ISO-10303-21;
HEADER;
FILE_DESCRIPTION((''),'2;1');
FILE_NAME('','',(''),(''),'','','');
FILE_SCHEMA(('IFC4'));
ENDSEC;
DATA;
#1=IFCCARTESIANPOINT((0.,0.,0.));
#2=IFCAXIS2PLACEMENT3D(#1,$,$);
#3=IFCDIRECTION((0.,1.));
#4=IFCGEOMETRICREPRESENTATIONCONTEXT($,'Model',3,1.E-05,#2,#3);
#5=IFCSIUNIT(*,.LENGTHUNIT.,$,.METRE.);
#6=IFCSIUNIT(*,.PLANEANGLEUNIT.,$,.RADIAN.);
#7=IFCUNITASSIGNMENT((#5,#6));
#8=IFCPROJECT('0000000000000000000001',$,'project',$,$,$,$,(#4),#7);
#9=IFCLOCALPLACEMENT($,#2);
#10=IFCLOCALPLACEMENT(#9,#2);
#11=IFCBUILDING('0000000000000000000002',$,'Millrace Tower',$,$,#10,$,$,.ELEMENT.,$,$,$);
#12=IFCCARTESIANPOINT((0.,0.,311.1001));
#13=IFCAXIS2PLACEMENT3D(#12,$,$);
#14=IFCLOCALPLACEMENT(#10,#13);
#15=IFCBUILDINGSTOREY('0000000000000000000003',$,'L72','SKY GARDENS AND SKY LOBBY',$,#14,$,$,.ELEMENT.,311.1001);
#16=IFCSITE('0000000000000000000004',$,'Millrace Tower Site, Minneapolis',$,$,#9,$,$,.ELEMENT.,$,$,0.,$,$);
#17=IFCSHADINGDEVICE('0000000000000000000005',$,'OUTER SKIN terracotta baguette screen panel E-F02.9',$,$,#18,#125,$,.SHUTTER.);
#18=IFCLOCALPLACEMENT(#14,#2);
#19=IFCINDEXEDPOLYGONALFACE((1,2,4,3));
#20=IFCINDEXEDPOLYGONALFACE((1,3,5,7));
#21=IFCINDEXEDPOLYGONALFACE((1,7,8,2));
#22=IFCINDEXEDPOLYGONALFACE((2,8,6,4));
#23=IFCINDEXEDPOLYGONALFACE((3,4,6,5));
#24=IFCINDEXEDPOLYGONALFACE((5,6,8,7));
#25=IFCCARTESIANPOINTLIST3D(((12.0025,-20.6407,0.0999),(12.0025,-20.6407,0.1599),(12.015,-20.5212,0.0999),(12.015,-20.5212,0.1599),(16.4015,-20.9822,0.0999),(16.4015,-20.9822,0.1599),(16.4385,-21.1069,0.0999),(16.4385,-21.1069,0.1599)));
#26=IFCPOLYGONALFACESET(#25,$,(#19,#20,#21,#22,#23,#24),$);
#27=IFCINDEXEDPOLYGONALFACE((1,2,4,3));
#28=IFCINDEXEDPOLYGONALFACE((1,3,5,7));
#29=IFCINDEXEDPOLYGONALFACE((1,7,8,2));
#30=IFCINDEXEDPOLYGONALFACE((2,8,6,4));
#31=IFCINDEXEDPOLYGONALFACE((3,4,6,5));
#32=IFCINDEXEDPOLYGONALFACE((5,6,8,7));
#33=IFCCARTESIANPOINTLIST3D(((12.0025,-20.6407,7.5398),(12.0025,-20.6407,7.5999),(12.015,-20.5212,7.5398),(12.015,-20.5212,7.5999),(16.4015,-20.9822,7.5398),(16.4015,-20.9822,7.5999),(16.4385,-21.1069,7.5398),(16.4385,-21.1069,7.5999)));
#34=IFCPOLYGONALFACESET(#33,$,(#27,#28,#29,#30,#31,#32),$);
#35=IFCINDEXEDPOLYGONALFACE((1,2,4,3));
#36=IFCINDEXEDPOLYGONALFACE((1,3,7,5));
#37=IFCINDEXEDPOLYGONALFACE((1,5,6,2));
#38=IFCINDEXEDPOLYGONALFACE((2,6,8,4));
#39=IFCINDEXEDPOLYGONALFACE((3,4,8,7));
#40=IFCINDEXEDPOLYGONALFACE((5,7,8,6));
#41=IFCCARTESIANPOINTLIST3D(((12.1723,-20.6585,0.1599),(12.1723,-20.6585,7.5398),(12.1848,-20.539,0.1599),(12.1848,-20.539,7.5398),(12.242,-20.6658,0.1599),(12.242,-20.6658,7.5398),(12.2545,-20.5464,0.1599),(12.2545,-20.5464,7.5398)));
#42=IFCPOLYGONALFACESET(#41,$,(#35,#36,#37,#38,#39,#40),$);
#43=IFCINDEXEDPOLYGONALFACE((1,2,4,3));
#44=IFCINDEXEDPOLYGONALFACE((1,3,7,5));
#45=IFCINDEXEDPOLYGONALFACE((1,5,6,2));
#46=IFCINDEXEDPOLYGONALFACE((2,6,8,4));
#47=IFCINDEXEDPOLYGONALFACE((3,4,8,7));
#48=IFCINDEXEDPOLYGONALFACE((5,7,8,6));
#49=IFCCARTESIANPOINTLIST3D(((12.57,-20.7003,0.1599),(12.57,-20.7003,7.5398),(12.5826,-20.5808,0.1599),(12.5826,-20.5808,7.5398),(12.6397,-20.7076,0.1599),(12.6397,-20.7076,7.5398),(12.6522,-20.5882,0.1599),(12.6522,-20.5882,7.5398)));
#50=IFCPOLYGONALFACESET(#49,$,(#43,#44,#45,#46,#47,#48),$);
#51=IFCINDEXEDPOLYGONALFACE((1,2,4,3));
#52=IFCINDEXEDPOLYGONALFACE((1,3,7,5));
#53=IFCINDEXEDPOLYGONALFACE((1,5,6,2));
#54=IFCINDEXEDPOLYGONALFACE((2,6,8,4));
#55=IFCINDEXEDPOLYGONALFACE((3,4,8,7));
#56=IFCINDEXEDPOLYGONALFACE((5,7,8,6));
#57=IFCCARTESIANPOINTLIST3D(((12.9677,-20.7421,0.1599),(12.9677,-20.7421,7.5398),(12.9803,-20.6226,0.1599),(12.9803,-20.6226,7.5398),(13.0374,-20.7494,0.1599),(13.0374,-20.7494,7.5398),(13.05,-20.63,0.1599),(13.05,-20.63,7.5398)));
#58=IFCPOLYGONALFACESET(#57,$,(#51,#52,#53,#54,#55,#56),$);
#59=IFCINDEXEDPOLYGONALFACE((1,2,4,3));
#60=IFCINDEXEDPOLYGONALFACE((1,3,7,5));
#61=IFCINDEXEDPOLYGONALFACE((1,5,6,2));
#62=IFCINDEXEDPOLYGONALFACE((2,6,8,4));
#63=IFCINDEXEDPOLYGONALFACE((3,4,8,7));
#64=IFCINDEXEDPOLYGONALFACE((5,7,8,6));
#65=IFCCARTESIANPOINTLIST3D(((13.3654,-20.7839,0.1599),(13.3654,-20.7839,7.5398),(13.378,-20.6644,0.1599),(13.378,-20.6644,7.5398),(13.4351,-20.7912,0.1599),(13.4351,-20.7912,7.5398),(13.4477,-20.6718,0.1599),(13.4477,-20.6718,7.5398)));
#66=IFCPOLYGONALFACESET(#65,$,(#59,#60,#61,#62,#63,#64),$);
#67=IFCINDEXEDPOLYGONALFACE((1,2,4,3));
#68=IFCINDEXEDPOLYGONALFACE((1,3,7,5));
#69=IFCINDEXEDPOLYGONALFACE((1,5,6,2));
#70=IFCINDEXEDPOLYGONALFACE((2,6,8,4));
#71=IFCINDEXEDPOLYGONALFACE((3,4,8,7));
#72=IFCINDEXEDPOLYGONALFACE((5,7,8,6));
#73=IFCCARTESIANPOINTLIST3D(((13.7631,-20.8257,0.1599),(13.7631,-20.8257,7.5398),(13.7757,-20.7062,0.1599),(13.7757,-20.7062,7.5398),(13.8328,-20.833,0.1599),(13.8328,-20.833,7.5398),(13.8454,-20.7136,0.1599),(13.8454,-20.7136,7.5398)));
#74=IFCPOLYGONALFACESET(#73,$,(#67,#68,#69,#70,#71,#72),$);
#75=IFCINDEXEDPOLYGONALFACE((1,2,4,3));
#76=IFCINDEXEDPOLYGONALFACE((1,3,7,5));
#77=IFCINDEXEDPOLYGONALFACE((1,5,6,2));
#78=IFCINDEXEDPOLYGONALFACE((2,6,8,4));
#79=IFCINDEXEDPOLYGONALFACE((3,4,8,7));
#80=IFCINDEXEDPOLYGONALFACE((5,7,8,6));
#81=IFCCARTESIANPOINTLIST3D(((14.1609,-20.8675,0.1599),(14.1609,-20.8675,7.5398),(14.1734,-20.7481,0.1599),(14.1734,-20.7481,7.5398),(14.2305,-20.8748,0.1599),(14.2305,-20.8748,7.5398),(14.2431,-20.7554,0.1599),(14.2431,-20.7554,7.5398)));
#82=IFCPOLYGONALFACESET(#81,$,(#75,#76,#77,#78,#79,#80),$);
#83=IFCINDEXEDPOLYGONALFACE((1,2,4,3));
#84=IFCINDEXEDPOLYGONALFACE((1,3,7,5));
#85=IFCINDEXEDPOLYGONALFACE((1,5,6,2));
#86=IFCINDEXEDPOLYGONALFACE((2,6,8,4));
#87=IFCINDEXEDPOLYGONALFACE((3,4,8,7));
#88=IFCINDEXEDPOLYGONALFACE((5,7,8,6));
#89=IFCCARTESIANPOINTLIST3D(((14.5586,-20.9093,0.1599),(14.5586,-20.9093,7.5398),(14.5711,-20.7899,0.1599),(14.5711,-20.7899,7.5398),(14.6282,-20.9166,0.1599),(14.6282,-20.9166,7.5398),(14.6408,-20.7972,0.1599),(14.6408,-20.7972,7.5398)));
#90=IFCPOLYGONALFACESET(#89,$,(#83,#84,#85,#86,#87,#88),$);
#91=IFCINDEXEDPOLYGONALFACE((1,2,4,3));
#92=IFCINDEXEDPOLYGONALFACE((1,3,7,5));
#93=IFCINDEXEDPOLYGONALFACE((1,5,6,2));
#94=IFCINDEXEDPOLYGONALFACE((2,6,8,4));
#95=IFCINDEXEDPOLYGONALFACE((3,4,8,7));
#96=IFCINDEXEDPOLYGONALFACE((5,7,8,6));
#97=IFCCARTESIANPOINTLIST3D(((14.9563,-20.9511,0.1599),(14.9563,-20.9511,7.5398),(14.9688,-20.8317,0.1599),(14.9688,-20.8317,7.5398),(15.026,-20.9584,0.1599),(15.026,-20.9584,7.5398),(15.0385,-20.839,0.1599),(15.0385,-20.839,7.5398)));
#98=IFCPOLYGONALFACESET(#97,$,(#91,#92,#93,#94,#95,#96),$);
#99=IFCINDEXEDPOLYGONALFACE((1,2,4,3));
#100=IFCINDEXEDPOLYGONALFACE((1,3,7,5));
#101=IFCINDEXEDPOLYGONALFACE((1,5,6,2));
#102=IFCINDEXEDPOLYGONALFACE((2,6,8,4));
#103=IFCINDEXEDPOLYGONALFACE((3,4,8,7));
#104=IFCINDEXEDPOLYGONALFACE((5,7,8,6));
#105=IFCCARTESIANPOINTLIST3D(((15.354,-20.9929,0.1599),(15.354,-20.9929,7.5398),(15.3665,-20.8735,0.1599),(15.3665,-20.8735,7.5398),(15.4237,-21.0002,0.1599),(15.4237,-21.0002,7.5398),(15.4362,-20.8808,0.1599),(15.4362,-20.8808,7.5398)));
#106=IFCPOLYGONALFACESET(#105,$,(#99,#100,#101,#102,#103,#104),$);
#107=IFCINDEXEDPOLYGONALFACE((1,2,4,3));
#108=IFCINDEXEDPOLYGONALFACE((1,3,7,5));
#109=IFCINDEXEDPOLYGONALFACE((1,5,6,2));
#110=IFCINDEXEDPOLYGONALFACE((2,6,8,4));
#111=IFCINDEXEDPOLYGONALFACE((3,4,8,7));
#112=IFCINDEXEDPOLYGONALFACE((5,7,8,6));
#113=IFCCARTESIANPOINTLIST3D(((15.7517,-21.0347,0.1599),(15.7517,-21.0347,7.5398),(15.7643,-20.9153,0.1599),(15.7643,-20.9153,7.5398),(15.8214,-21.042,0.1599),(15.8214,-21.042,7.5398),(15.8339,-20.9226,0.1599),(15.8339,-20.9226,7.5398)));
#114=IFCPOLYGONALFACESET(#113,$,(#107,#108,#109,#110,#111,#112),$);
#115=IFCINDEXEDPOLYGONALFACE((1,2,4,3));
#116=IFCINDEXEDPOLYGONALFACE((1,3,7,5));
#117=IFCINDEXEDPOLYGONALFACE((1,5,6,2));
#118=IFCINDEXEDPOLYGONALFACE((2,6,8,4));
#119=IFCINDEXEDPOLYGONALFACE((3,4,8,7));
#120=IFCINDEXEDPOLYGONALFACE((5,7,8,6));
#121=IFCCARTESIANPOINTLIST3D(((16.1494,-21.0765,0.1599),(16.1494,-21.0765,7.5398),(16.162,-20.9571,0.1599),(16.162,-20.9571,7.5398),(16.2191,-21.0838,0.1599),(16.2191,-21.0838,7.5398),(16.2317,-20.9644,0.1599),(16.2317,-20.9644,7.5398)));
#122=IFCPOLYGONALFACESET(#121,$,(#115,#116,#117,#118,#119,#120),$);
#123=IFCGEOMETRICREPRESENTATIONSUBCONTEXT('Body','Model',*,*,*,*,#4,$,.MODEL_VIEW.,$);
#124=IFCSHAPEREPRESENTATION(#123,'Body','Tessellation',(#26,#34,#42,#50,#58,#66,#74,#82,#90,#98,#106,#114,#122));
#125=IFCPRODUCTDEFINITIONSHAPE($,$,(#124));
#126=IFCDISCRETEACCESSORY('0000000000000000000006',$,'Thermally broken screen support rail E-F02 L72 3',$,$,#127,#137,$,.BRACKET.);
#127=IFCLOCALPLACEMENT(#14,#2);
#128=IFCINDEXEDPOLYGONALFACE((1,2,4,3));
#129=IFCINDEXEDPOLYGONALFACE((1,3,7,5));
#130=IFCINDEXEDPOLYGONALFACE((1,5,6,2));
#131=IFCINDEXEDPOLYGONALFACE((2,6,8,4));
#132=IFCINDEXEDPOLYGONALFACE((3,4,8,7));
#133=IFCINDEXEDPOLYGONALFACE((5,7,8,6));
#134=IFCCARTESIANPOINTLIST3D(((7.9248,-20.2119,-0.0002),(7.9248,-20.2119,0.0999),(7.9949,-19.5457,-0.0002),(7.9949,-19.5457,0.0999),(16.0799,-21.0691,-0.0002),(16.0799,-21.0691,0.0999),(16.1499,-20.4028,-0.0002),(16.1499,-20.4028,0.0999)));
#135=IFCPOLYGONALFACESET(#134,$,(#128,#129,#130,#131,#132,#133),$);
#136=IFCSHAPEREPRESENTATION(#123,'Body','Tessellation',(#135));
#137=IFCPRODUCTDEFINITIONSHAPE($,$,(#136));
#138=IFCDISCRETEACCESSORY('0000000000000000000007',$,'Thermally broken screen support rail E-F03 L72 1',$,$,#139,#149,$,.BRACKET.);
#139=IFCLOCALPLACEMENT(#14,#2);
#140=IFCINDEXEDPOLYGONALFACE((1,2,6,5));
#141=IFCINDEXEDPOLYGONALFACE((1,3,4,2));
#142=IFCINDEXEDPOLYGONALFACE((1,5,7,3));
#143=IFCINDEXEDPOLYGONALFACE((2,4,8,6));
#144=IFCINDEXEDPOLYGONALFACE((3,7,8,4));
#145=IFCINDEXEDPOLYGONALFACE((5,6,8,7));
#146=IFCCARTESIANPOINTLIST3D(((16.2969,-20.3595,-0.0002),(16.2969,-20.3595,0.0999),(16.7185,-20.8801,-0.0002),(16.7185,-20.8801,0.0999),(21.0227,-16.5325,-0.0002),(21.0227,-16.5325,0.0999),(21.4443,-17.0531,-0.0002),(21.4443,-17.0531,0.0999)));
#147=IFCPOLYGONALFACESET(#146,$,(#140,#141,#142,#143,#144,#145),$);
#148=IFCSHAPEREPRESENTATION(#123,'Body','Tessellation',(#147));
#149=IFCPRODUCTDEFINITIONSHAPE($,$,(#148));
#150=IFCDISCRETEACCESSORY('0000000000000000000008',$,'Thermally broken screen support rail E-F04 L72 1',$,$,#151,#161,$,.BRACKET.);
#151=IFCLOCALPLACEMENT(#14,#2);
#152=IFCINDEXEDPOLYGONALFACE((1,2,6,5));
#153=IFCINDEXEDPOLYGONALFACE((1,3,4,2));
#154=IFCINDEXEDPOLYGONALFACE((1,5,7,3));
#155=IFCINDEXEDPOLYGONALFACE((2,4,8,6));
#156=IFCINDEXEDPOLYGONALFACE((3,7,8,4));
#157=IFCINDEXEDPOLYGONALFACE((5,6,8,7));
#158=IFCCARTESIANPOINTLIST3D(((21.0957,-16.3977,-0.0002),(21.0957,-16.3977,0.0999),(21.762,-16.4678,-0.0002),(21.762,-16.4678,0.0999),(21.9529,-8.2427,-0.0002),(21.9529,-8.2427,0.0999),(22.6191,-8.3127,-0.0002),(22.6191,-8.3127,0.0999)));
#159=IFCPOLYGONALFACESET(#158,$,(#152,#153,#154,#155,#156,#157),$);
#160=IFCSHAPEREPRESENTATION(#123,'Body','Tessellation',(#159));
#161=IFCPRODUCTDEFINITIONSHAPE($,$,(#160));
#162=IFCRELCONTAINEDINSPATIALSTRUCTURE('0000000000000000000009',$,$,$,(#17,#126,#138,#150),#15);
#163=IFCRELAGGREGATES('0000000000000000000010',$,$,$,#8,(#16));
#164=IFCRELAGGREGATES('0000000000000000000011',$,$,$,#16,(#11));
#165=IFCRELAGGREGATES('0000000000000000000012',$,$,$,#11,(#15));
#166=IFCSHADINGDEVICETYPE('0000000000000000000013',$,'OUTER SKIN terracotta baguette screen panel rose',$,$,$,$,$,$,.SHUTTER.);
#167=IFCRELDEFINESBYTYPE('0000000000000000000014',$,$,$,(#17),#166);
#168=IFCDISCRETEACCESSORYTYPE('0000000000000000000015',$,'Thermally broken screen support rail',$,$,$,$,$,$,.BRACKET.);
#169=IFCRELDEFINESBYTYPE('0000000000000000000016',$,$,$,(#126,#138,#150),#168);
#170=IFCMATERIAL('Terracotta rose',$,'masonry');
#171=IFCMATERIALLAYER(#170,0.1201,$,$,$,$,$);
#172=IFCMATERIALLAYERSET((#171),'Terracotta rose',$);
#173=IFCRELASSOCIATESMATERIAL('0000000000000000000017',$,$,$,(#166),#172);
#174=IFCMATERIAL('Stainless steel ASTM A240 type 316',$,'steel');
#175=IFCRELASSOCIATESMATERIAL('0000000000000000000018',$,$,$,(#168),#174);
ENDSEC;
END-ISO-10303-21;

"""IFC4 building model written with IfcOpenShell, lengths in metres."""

from ifc_helpers import new_model, entity, si_unit, direction, frame, frame_2d, origin, origin_2d, place, context, subcontext, project, spatial, rectangle, extrude, source, transform, mapped, material, layer, layer_set, type_object, element, save


model = new_model("IFC4")

# Units and contexts
model_context = context("Model", 3, precision=1e-05, world=origin(), true_north=direction((0.0, 1.0)))
body_context = subcontext(model_context, "Body", "Model", "MODEL_VIEW")
ifc_project = project(units=[si_unit("LENGTHUNIT", "METRE"), si_unit("PLANEANGLEUNIT", "RADIAN")], contexts=[model_context])

# Site, building, storey
site_placement = place(None, origin())
site = spatial("IfcSite", under=ifc_project, at=site_placement, Name="Millrace Tower Site, Minneapolis", CompositionType="ELEMENT", RefElevation=0.0)
building_placement = place(site_placement, origin())
building = spatial("IfcBuilding", under=site, at=building_placement, Name="Millrace Tower", CompositionType="ELEMENT")
storey_placement = place(building_placement, frame((0.0, 0.0, 311.1001)))
storey = spatial("IfcBuildingStorey", under=building, at=storey_placement, Name="L72", Description="SKY GARDENS AND SKY LOBBY", CompositionType="ELEMENT", Elevation=311.1001)

# Shading device
ifc_material_1 = material(Name="Terracotta rose", Category="masonry")
ifc_layer_1 = layer(ifc_material_1, 0.1201)
ifc_layer_set_1 = layer_set([ifc_layer_1], Name="Terracotta rose")
shading_device_type = type_object("IfcShadingDeviceType", Name="OUTER SKIN terracotta baguette screen panel rose", PredefinedType="SHUTTER", material=ifc_layer_set_1)
cartesian_point_1 = entity("IfcCartesianPoint", [-2.2178, 0.0601])
shared_polyline_1 = entity("IfcPolyline", [cartesian_point_1, entity("IfcCartesianPoint", [2.1929, 0.0601]), entity("IfcCartesianPoint", [2.2427, -0.0601]), entity("IfcCartesianPoint", [-2.2178, -0.0601]), cartesian_point_1])
shared_shape_1 = source(origin(), body_context, "Body", "SweptSolid", [
    entity("IfcExtrudedAreaSolid", entity("IfcArbitraryClosedProfileDef", "AREA", None, shared_polyline_1), entity("IfcAxis2Placement3D", entity("IfcCartesianPoint", [0.0, 0.0, 0.0])), entity("IfcDirection", [0.0, 0.0, 1.0]), 0.0601),
    entity("IfcExtrudedAreaSolid", entity("IfcArbitraryClosedProfileDef", "AREA", None, shared_polyline_1), entity("IfcAxis2Placement3D", entity("IfcCartesianPoint", [0.0, 0.0, 7.4399])), entity("IfcDirection", [0.0, 0.0, 1.0]), 0.0601),
    extrude(rectangle(XDim=0.0701, YDim=0.1201, at=frame_2d((-2.012, 0.0))), frame((0.0, 0.0, 0.0601)), (0.0, 0.0, 1.0), 7.3799),
    extrude(rectangle(XDim=0.0701, YDim=0.1201, at=frame_2d((-1.6121, 0.0))), frame((0.0, 0.0, 0.0601)), (0.0, 0.0, 1.0), 7.3799),
    extrude(rectangle(XDim=0.0701, YDim=0.1201, at=frame_2d((-1.2122, 0.0))), frame((0.0, 0.0, 0.0601)), (0.0, 0.0, 1.0), 7.3799),
    extrude(rectangle(XDim=0.0701, YDim=0.1201, at=frame_2d((-0.8123, 0.0))), frame((0.0, 0.0, 0.0601)), (0.0, 0.0, 1.0), 7.3799),
    extrude(rectangle(XDim=0.0701, YDim=0.1201, at=frame_2d((-0.4124, 0.0))), frame((0.0, 0.0, 0.0601)), (0.0, 0.0, 1.0), 7.3799),
    extrude(rectangle(XDim=0.0701, YDim=0.1201, at=frame_2d((-0.0125, 0.0))), frame((0.0, 0.0, 0.0601)), (0.0, 0.0, 1.0), 7.3799),
    extrude(rectangle(XDim=0.0701, YDim=0.1201, at=frame_2d((0.3875, 0.0))), frame((0.0, 0.0, 0.0601)), (0.0, 0.0, 1.0), 7.3799),
    extrude(rectangle(XDim=0.0701, YDim=0.1201, at=frame_2d((0.7874, 0.0))), frame((0.0, 0.0, 0.0601)), (0.0, 0.0, 1.0), 7.3799),
    extrude(rectangle(XDim=0.0701, YDim=0.1201, at=frame_2d((1.1873, 0.0))), frame((0.0, 0.0, 0.0601)), (0.0, 0.0, 1.0), 7.3799),
    extrude(rectangle(XDim=0.0701, YDim=0.1201, at=frame_2d((1.5872, 0.0))), frame((0.0, 0.0, 0.0601)), (0.0, 0.0, 1.0), 7.3799),
    extrude(rectangle(XDim=0.0701, YDim=0.1201, at=frame_2d((1.9871, 0.0))), frame((0.0, 0.0, 0.0601)), (0.0, 0.0, 1.0), 7.3799),
])
shading_device_1_placement = place(storey_placement, frame((14.2144, -20.8127, 0.0999), z_axis=(0.0, 0.0, 1.0), x_axis=(0.994522, -0.104528, 0.0)))
element("IfcShadingDevice", 1, at=shading_device_1_placement, inside=storey, type_object=shading_device_type, Name="OUTER SKIN terracotta baguette screen panel E-F02.9", PredefinedType="SHUTTER", context=body_context, shape_type="MappedRepresentation", body=[
    mapped(shared_shape_1, transform((0.0, 0.0, 0.0), scale=1.0)),
])

# Discrete accessories
ifc_material_2 = material(Name="Stainless steel ASTM A240 type 316", Category="steel")
discrete_accessory_type = type_object("IfcDiscreteAccessoryType", Name="Thermally broken screen support rail", PredefinedType="BRACKET", material=ifc_material_2)
discrete_accessory_1_placement = place(storey_placement, frame((12.0374, -20.3074, -0.0002), z_axis=(0.0, 0.0, 1.0), x_axis=(0.994522, -0.104528, 0.0)))
element("IfcDiscreteAccessory", 2, at=discrete_accessory_1_placement, inside=storey, type_object=discrete_accessory_type, Name="Thermally broken screen support rail E-F02 L72 3", PredefinedType="BRACKET", context=body_context, shape_type="SweptSolid", body=[
    extrude(rectangle(XDim=8.2, YDim=0.6699, at=origin_2d()), origin(), (0.0, 0.0, 1.0), 0.1001),
])
discrete_accessory_2_placement = place(storey_placement, frame((18.8706, -18.7063, -0.0002), z_axis=(0.0, 0.0, 1.0), x_axis=(0.777146, 0.62932, 0.0)))
element("IfcDiscreteAccessory", 3, at=discrete_accessory_2_placement, inside=storey, type_object=discrete_accessory_type, Name="Thermally broken screen support rail E-F03 L72 1", PredefinedType="BRACKET", context=body_context, shape_type="SweptSolid", body=[
    extrude(rectangle(XDim=6.0811, YDim=0.6699, at=origin_2d()), origin(), (0.0, 0.0, 1.0), 0.1001),
])
discrete_accessory_3_placement = place(storey_placement, frame((21.8574, -12.3552, -0.0002), z_axis=(0.0, 0.0, 1.0), x_axis=(0.104528, 0.994522, 0.0)))
element("IfcDiscreteAccessory", 4, at=discrete_accessory_3_placement, inside=storey, type_object=discrete_accessory_type, Name="Thermally broken screen support rail E-F04 L72 1", PredefinedType="BRACKET", context=body_context, shape_type="SweptSolid", body=[
    extrude(rectangle(XDim=8.2, YDim=0.6699, at=origin_2d()), origin(), (0.0, 0.0, 1.0), 0.1001),
])

save(model, "model.ifc")
